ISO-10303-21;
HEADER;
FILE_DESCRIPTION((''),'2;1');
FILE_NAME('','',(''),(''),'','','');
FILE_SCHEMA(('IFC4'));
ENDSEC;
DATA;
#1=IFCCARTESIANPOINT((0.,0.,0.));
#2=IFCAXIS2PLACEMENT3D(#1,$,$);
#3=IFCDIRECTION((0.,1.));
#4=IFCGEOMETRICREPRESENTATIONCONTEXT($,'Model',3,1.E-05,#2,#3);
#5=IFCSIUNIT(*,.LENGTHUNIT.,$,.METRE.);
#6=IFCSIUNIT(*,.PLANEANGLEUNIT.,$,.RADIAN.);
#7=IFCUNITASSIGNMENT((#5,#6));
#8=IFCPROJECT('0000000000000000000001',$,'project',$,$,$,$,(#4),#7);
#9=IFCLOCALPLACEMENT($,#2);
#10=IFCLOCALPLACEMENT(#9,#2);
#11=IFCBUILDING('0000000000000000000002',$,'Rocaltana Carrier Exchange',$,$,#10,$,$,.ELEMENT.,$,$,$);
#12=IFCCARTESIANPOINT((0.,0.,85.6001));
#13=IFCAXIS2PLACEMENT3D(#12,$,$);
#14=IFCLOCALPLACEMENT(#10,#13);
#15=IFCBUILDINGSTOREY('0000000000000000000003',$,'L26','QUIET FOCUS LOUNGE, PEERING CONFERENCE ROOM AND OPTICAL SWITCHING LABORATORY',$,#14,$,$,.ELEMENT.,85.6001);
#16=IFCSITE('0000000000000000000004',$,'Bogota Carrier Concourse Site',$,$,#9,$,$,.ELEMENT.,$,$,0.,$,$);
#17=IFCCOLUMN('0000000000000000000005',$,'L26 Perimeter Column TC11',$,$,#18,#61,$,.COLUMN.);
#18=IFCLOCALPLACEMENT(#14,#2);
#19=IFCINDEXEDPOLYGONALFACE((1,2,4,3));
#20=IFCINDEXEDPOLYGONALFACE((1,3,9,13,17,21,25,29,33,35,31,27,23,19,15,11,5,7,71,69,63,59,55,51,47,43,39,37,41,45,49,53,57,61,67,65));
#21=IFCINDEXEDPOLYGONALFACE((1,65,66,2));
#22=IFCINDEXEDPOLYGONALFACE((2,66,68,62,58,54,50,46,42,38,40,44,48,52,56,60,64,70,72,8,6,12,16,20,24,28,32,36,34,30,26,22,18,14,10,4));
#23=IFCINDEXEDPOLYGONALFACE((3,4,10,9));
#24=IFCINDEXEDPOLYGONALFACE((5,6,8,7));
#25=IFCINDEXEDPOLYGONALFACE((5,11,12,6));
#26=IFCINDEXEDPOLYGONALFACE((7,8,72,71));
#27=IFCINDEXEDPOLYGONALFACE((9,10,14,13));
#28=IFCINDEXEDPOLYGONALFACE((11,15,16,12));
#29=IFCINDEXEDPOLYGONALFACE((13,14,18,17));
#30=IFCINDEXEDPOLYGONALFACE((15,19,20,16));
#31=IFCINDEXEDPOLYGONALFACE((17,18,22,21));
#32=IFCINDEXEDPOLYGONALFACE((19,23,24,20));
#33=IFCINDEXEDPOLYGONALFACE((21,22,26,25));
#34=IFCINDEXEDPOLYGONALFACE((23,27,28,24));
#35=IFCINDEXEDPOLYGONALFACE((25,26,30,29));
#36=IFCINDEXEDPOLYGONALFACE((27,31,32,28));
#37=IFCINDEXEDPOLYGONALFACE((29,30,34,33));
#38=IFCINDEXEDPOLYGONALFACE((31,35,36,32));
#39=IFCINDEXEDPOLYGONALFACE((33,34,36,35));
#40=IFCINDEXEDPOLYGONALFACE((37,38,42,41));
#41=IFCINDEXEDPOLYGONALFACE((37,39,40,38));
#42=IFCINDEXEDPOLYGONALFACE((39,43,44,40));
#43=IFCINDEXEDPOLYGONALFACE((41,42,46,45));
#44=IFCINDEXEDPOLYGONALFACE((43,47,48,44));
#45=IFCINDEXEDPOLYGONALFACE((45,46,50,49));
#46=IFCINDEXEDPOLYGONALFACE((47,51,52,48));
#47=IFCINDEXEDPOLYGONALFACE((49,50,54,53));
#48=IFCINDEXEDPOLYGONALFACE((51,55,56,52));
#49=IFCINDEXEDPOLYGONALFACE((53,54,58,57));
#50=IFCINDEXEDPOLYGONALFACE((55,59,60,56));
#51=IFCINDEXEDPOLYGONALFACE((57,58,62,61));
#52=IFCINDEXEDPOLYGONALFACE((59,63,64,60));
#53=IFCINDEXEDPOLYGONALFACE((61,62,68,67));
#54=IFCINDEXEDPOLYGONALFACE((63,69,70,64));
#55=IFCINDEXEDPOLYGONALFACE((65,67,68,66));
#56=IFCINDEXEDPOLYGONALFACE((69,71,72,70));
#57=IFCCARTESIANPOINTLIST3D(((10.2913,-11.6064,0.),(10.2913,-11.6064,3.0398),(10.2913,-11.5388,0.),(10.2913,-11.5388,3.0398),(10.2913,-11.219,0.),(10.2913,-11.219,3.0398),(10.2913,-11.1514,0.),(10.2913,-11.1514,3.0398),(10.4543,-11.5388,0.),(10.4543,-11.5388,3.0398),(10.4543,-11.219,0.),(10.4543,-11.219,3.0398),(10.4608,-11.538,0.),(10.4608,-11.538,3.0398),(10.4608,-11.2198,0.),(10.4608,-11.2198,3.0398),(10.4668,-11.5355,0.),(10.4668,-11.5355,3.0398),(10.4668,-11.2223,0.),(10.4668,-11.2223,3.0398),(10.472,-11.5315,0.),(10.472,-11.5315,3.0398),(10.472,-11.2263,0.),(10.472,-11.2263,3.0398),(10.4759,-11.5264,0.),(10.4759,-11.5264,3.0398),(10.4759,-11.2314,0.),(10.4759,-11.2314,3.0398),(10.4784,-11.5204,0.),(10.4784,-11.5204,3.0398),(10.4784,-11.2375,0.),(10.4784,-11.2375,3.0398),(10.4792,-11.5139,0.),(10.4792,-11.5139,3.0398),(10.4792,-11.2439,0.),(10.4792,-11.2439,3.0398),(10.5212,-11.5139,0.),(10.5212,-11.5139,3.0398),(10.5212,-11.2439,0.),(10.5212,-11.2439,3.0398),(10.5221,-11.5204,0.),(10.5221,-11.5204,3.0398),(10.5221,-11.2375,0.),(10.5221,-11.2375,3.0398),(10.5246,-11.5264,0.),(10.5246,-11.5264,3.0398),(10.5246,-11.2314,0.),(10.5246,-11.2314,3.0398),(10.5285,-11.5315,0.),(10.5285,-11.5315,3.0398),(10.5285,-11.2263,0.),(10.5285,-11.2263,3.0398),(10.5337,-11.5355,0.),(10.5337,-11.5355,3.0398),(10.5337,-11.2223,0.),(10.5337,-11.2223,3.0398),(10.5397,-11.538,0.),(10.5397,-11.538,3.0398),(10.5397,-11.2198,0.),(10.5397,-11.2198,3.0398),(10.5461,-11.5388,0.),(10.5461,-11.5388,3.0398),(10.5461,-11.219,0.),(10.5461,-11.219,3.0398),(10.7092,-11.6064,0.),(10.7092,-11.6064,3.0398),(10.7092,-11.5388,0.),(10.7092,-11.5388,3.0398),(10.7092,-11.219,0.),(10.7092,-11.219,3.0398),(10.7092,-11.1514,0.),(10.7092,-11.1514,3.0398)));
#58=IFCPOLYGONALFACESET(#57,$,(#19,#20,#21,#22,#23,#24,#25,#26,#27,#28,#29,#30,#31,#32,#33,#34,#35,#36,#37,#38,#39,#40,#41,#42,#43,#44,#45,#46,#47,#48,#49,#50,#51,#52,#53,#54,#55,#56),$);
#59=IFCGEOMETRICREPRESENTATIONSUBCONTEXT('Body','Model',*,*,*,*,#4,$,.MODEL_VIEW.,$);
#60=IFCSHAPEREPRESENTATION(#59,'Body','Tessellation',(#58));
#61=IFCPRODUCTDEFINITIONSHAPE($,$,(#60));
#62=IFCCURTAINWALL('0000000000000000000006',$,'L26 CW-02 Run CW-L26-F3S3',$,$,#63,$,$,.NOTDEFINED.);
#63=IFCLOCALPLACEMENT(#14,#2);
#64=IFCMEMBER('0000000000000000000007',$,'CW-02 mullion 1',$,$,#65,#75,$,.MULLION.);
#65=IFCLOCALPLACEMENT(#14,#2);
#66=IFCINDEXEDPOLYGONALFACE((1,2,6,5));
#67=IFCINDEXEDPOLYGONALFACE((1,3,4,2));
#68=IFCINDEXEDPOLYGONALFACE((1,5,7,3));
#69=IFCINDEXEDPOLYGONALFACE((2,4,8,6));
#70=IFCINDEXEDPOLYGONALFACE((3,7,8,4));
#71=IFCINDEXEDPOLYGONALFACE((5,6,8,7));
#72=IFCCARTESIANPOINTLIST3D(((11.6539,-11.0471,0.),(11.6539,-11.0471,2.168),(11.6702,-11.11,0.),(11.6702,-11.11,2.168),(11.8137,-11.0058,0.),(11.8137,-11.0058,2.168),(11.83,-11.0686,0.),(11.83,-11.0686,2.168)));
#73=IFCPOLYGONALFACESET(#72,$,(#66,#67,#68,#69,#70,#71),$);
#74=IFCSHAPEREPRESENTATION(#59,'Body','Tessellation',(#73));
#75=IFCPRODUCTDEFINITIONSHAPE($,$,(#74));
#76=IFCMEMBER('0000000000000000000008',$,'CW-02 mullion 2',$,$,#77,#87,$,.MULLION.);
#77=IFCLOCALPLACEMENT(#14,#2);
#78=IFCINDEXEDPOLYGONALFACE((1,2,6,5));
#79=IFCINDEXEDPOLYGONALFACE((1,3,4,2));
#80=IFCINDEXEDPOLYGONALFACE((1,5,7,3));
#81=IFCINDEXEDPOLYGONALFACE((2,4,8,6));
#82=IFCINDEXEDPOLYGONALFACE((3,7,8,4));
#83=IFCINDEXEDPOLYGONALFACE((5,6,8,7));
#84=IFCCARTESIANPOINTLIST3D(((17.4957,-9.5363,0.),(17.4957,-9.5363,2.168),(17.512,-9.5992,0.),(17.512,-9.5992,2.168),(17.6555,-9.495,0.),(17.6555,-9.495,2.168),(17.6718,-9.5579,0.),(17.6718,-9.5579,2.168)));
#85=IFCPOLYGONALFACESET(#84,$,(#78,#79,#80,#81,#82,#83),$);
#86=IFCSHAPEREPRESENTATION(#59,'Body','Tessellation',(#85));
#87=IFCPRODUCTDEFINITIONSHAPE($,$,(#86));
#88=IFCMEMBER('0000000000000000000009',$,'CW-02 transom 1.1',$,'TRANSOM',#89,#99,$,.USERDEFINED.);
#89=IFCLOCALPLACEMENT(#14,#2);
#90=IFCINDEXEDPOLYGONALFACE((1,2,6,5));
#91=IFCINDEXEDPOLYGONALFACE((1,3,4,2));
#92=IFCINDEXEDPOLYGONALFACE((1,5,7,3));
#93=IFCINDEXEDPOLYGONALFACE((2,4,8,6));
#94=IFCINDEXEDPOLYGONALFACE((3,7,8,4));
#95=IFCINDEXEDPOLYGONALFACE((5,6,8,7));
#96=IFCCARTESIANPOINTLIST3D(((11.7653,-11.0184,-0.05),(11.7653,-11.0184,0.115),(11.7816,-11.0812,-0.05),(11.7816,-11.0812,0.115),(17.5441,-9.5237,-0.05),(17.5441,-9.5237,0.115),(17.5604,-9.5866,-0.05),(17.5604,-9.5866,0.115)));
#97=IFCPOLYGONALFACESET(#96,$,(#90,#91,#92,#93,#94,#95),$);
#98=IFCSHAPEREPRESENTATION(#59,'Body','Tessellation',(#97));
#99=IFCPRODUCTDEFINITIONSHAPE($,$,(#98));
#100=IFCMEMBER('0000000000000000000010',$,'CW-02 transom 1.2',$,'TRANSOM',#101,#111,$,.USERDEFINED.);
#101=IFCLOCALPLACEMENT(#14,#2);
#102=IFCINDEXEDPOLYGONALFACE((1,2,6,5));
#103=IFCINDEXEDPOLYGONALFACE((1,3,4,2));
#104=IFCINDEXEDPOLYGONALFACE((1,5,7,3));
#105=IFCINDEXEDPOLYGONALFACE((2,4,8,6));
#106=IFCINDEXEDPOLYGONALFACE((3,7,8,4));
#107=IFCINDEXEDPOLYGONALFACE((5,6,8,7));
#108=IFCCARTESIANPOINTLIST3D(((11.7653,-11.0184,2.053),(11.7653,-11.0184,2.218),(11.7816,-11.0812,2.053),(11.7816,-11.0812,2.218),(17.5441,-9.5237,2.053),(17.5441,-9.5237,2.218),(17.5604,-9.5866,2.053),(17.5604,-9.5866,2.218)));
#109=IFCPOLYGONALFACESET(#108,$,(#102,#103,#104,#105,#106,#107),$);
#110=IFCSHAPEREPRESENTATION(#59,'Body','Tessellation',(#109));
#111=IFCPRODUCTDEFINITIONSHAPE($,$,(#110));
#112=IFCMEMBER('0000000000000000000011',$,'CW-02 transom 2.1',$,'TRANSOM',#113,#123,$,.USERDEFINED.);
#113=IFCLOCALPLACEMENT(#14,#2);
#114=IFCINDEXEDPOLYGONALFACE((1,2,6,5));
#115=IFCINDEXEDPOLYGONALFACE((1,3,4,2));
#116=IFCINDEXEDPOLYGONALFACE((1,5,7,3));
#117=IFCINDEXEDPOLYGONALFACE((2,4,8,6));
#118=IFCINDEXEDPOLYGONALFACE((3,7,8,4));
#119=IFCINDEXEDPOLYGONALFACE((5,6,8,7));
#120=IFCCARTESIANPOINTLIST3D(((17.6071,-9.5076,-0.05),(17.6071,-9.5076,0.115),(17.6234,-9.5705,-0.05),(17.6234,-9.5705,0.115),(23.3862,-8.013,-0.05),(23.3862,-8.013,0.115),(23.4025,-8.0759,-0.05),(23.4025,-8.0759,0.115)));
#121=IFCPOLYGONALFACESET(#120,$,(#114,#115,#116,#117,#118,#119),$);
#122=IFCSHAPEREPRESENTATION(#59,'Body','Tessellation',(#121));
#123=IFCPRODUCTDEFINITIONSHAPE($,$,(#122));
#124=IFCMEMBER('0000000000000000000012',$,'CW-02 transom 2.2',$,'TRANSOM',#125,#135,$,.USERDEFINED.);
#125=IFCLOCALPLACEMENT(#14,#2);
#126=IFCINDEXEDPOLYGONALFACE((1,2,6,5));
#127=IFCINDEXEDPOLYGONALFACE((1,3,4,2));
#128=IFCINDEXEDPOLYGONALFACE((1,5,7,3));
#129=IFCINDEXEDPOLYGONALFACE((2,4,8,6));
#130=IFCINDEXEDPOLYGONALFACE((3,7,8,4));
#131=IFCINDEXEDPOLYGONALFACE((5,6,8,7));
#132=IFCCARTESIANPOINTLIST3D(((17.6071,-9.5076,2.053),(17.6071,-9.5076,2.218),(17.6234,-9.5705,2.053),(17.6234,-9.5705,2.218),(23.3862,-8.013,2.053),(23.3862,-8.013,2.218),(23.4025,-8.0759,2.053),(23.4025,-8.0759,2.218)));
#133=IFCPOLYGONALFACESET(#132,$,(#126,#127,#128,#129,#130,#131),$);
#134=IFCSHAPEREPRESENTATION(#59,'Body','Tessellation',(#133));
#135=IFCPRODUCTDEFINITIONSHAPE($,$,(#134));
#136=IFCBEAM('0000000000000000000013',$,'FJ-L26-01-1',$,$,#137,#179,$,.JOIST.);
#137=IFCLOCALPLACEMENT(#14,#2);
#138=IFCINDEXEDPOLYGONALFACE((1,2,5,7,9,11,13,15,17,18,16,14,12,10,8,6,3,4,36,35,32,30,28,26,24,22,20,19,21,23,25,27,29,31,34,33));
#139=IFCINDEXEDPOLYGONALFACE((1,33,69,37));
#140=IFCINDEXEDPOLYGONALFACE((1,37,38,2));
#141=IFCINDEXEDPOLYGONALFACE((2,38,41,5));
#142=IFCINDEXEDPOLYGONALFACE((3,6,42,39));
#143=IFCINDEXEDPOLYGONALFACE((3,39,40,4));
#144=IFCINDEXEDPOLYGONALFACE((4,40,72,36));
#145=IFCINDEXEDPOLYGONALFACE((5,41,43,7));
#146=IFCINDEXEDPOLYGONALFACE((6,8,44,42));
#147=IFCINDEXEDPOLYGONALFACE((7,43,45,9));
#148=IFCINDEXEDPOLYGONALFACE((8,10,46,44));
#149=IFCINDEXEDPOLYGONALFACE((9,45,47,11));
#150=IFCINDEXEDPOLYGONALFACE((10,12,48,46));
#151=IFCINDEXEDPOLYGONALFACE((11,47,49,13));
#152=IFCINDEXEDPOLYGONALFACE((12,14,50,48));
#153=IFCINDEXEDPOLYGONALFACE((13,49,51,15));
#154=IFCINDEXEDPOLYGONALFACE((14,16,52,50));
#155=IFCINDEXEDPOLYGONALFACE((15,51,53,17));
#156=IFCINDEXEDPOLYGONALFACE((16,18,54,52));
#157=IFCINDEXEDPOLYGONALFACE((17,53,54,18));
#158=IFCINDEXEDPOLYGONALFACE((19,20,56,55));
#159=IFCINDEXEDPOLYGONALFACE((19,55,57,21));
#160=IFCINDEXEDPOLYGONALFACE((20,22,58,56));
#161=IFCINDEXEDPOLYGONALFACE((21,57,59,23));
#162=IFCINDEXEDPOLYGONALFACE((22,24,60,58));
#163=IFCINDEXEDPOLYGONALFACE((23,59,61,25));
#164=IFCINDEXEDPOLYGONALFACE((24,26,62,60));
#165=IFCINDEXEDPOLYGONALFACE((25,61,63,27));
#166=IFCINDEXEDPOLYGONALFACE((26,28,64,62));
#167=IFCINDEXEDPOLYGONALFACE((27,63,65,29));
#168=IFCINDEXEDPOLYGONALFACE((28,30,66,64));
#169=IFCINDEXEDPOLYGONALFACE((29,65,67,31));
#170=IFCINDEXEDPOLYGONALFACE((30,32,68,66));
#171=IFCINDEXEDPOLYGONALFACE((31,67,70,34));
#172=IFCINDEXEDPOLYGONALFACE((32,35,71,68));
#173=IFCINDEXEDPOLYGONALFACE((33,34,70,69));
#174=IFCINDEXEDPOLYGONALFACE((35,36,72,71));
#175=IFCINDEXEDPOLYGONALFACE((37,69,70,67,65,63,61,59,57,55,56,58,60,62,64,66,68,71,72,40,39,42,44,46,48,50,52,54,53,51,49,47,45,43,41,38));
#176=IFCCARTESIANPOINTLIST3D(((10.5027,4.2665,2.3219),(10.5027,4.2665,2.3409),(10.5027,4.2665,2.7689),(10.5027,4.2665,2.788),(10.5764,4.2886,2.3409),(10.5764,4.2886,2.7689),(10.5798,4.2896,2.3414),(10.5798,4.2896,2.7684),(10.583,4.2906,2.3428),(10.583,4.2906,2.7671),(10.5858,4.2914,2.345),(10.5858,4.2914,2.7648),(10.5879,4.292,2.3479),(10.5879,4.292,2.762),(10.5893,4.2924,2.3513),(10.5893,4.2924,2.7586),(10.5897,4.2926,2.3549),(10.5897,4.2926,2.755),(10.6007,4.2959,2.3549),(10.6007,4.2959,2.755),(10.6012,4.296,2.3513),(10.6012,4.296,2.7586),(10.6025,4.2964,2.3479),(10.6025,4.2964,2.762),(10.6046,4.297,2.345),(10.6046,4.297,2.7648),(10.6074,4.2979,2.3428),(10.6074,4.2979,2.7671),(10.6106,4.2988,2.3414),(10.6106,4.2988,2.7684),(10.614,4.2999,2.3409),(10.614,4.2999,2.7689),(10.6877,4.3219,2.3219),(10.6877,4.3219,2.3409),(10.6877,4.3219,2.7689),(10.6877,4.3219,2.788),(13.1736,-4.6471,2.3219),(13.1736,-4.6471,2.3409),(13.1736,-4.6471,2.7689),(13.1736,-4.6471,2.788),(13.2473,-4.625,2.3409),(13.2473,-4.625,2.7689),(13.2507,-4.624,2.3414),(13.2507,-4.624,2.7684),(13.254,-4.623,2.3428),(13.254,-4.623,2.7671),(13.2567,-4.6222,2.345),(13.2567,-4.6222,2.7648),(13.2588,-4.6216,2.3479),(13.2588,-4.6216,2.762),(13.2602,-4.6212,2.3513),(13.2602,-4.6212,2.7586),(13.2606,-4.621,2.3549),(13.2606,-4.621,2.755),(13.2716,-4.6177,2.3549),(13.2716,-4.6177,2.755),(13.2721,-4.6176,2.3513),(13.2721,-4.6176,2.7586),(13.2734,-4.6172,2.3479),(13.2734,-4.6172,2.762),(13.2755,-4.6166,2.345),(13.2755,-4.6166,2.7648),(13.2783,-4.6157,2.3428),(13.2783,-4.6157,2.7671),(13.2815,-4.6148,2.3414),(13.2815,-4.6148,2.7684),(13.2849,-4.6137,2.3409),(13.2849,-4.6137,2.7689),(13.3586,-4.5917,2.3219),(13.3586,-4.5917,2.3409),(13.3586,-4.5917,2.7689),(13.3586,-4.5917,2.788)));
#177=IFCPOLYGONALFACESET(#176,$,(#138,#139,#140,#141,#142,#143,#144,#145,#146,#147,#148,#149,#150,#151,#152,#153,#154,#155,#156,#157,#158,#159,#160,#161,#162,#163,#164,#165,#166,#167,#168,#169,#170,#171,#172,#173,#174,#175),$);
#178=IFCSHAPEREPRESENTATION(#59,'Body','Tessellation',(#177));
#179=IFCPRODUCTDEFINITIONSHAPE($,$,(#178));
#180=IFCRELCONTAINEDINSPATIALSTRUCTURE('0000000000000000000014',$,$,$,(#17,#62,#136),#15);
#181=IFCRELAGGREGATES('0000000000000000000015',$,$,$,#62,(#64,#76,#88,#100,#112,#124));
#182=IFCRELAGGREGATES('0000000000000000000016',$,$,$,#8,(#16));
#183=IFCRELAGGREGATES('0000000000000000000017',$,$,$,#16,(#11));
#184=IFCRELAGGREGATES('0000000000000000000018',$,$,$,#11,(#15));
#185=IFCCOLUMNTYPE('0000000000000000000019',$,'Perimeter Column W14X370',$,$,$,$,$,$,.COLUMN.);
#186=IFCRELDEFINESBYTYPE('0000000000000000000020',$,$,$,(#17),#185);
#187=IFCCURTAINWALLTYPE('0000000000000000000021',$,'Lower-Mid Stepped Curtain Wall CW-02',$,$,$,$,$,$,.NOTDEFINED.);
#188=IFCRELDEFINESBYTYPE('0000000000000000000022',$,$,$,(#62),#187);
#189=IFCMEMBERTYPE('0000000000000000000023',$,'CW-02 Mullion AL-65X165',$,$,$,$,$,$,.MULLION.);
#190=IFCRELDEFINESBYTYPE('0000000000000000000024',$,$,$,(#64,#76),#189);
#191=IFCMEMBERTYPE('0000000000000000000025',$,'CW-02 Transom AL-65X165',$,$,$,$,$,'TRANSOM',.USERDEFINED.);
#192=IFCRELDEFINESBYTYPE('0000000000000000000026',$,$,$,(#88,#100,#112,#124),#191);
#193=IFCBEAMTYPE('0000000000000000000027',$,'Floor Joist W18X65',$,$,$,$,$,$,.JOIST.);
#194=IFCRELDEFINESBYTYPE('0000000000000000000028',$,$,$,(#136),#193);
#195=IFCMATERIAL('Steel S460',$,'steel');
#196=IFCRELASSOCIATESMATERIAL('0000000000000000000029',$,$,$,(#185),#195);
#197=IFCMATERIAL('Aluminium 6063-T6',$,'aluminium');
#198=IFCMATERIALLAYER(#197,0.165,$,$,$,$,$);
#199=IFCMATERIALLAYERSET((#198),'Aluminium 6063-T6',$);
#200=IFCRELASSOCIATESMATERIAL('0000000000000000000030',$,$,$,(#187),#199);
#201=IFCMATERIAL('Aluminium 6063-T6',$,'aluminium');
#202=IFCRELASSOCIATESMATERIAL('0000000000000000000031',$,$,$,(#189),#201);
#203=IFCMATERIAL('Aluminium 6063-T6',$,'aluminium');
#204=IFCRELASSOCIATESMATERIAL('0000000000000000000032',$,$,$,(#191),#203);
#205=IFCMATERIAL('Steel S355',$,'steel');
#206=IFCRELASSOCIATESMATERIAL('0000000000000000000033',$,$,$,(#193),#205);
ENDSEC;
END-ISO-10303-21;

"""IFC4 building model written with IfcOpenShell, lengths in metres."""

from ifc_helpers import new_model, si_unit, direction, frame, origin, origin_2d, place, context, subcontext, project, spatial, rectangle, i_section, extrude, material, layer, layer_set, material_profile, profile_set, type_object, element, aggregate, save


model = new_model("IFC4")

# Units and contexts
model_context = context("Model", 3, precision=1e-05, world=origin(), true_north=direction((0.0, 1.0)))
body_context = subcontext(model_context, "Body", "Model", "MODEL_VIEW")
ifc_project = project(units=[si_unit("LENGTHUNIT", "METRE"), si_unit("PLANEANGLEUNIT", "RADIAN")], contexts=[model_context])

# Site, building, storey
site_placement = place(None, origin())
site = spatial("IfcSite", under=ifc_project, at=site_placement, Name="Bogota Carrier Concourse Site", CompositionType="ELEMENT", RefElevation=0.0)
building_placement = place(site_placement, origin())
building = spatial("IfcBuilding", under=site, at=building_placement, Name="Rocaltana Carrier Exchange", CompositionType="ELEMENT")
storey_placement = place(building_placement, frame((0.0, 0.0, 85.6001)))
storey = spatial("IfcBuildingStorey", under=building, at=storey_placement, Name="L26", Description="QUIET FOCUS LOUNGE, PEERING CONFERENCE ROOM AND OPTICAL SWITCHING LABORATORY", CompositionType="ELEMENT", Elevation=85.6001)

# Column
ifc_material_1 = material(Name="Steel S460", Category="steel")
ifc_material_profile_1 = material_profile(ifc_material_1, i_section(OverallWidth=0.418, OverallDepth=0.4551, WebThickness=0.042, FlangeThickness=0.0676, FilletRadius=0.0249, at=origin_2d()), Name="W14X370")
ifc_profile_set_1 = profile_set([ifc_material_profile_1], Name="Steel S460")
column_type = type_object("IfcColumnType", Name="Perimeter Column W14X370", PredefinedType="COLUMN", material=ifc_profile_set_1)
column_placement = place(storey_placement, frame((10.5002, -11.3789, 0.0), z_axis=(0.0, 0.0, 1.0), x_axis=(1.0, 0.0, 0.0)))
element("IfcColumn", 1, at=column_placement, inside=storey, type_object=column_type, Name="L26 Perimeter Column TC11", PredefinedType="COLUMN", context=body_context, shape_type="SweptSolid", body=[
    extrude(i_section(OverallWidth=0.418, OverallDepth=0.4551, WebThickness=0.042, FlangeThickness=0.0676, FilletRadius=0.0249, at=origin_2d()), origin(), (0.0, 0.0, 1.0), 3.0398),
])

# Curtain wall, members
ifc_material_2 = material(Name="Aluminium 6063-T6", Category="aluminium")
ifc_layer_1 = layer(ifc_material_2, 0.165)
ifc_layer_set_1 = layer_set([ifc_layer_1], Name="Aluminium 6063-T6")
curtain_wall_type = type_object("IfcCurtainWallType", Name="Lower-Mid Stepped Curtain Wall CW-02", PredefinedType="NOTDEFINED", material=ifc_layer_set_1)
curtain_wall_placement = place(storey_placement, origin())
curtain_wall = element("IfcCurtainWall", 2, at=curtain_wall_placement, inside=storey, type_object=curtain_wall_type, Name="L26 CW-02 Run CW-L26-F3S3", PredefinedType="NOTDEFINED")
ifc_material_3 = material(Name="Aluminium 6063-T6", Category="aluminium")
ifc_material_profile_2 = material_profile(ifc_material_3, rectangle(XDim=0.0649, YDim=0.165, at=origin_2d()), Name="AL-65X165")
ifc_profile_set_2 = profile_set([ifc_material_profile_2], Name="Aluminium 6063-T6")
member_type_1 = type_object("IfcMemberType", Name="CW-02 Mullion AL-65X165", PredefinedType="MULLION", material=ifc_profile_set_2)
member_1_placement = place(storey_placement, frame((11.7419, -11.0579, 0.0), z_axis=(0.0, 0.0, 1.0), x_axis=(-0.25037, 0.96815, 0.0)))
member_1 = element("IfcMember", 3, at=member_1_placement, type_object=member_type_1, Name="CW-02 mullion 1", PredefinedType="MULLION", context=body_context, shape_type="SweptSolid", body=[
    extrude(rectangle(XDim=0.0649, YDim=0.165, at=origin_2d()), origin(), (0.0, 0.0, 1.0), 2.168),
])
member_2_placement = place(storey_placement, frame((17.5837, -9.5471, 0.0), z_axis=(0.0, 0.0, 1.0), x_axis=(-0.25037, 0.96815, 0.0)))
member_2 = element("IfcMember", 4, at=member_2_placement, type_object=member_type_1, Name="CW-02 mullion 2", PredefinedType="MULLION", context=body_context, shape_type="SweptSolid", body=[
    extrude(rectangle(XDim=0.0649, YDim=0.165, at=origin_2d()), origin(), (0.0, 0.0, 1.0), 2.168),
])
ifc_material_4 = material(Name="Aluminium 6063-T6", Category="aluminium")
ifc_material_profile_3 = material_profile(ifc_material_4, rectangle(XDim=0.0649, YDim=0.165, at=origin_2d()), Name="AL-65X165")
ifc_profile_set_3 = profile_set([ifc_material_profile_3], Name="Aluminium 6063-T6")
member_type_2 = type_object("IfcMemberType", Name="CW-02 Transom AL-65X165", ElementType="TRANSOM", PredefinedType="USERDEFINED", material=ifc_profile_set_3)
member_3_placement = place(storey_placement, frame((11.7734, -11.0498, 0.0325), z_axis=(0.968142, 0.2504, 0.0), x_axis=(-0.2504, 0.968142, 0.0)))
member_3 = element("IfcMember", 5, at=member_3_placement, type_object=member_type_2, Name="CW-02 transom 1.1", ObjectType="TRANSOM", PredefinedType="USERDEFINED", context=body_context, shape_type="SweptSolid", body=[
    extrude(rectangle(XDim=0.0649, YDim=0.165, at=origin_2d()), origin(), (0.0, 0.0, 1.0), 5.969),
])
member_4_placement = place(storey_placement, frame((11.7734, -11.0498, 2.1355), z_axis=(0.968142, 0.2504, 0.0), x_axis=(-0.2504, 0.968142, 0.0)))
member_4 = element("IfcMember", 6, at=member_4_placement, type_object=member_type_2, Name="CW-02 transom 1.2", ObjectType="TRANSOM", PredefinedType="USERDEFINED", context=body_context, shape_type="SweptSolid", body=[
    extrude(rectangle(XDim=0.0649, YDim=0.165, at=origin_2d()), origin(), (0.0, 0.0, 1.0), 5.969),
])
member_5_placement = place(storey_placement, frame((17.6152, -9.5391, 0.0325), z_axis=(0.968145, 0.25039, 0.0), x_axis=(-0.25039, 0.968145, 0.0)))
member_5 = element("IfcMember", 7, at=member_5_placement, type_object=member_type_2, Name="CW-02 transom 2.1", ObjectType="TRANSOM", PredefinedType="USERDEFINED", context=body_context, shape_type="SweptSolid", body=[
    extrude(rectangle(XDim=0.0649, YDim=0.165, at=origin_2d()), origin(), (0.0, 0.0, 1.0), 5.9692),
])
member_6_placement = place(storey_placement, frame((17.6152, -9.5391, 2.1355), z_axis=(0.968145, 0.25039, 0.0), x_axis=(-0.25039, 0.968145, 0.0)))
member_6 = element("IfcMember", 8, at=member_6_placement, type_object=member_type_2, Name="CW-02 transom 2.2", ObjectType="TRANSOM", PredefinedType="USERDEFINED", context=body_context, shape_type="SweptSolid", body=[
    extrude(rectangle(XDim=0.0649, YDim=0.165, at=origin_2d()), origin(), (0.0, 0.0, 1.0), 5.9692),
])

# Beam
ifc_material_5 = material(Name="Steel S355", Category="steel")
ifc_material_profile_4 = material_profile(ifc_material_5, i_section(OverallWidth=0.1931, OverallDepth=0.4661, WebThickness=0.0115, FlangeThickness=0.019, FilletRadius=0.0139, at=origin_2d()), Name="W18X65")
ifc_profile_set_4 = profile_set([ifc_material_profile_4], Name="Steel S355")
beam_type_1 = type_object("IfcBeamType", Name="Floor Joist W18X65", PredefinedType="JOIST", material=ifc_profile_set_4)
beam_1_placement = place(storey_placement, frame((13.2661, -4.6194, 2.5549), z_axis=(-0.287035, 0.95792, 0.0), x_axis=(-0.95792, -0.287035, 0.0)))
element("IfcBeam", 9, at=beam_1_placement, inside=storey, type_object=beam_type_1, Name="FJ-L26-01-1", PredefinedType="JOIST", context=body_context, shape_type="SweptSolid", body=[
    extrude(i_section(OverallWidth=0.1931, OverallDepth=0.4661, WebThickness=0.0115, FlangeThickness=0.019, FilletRadius=0.0139, at=origin_2d()), origin(), (0.0, 0.0, 1.0), 9.3052),
])

aggregate(curtain_wall, [member_1, member_2, member_3, member_4, member_5, member_6])

save(model, "model.ifc")
